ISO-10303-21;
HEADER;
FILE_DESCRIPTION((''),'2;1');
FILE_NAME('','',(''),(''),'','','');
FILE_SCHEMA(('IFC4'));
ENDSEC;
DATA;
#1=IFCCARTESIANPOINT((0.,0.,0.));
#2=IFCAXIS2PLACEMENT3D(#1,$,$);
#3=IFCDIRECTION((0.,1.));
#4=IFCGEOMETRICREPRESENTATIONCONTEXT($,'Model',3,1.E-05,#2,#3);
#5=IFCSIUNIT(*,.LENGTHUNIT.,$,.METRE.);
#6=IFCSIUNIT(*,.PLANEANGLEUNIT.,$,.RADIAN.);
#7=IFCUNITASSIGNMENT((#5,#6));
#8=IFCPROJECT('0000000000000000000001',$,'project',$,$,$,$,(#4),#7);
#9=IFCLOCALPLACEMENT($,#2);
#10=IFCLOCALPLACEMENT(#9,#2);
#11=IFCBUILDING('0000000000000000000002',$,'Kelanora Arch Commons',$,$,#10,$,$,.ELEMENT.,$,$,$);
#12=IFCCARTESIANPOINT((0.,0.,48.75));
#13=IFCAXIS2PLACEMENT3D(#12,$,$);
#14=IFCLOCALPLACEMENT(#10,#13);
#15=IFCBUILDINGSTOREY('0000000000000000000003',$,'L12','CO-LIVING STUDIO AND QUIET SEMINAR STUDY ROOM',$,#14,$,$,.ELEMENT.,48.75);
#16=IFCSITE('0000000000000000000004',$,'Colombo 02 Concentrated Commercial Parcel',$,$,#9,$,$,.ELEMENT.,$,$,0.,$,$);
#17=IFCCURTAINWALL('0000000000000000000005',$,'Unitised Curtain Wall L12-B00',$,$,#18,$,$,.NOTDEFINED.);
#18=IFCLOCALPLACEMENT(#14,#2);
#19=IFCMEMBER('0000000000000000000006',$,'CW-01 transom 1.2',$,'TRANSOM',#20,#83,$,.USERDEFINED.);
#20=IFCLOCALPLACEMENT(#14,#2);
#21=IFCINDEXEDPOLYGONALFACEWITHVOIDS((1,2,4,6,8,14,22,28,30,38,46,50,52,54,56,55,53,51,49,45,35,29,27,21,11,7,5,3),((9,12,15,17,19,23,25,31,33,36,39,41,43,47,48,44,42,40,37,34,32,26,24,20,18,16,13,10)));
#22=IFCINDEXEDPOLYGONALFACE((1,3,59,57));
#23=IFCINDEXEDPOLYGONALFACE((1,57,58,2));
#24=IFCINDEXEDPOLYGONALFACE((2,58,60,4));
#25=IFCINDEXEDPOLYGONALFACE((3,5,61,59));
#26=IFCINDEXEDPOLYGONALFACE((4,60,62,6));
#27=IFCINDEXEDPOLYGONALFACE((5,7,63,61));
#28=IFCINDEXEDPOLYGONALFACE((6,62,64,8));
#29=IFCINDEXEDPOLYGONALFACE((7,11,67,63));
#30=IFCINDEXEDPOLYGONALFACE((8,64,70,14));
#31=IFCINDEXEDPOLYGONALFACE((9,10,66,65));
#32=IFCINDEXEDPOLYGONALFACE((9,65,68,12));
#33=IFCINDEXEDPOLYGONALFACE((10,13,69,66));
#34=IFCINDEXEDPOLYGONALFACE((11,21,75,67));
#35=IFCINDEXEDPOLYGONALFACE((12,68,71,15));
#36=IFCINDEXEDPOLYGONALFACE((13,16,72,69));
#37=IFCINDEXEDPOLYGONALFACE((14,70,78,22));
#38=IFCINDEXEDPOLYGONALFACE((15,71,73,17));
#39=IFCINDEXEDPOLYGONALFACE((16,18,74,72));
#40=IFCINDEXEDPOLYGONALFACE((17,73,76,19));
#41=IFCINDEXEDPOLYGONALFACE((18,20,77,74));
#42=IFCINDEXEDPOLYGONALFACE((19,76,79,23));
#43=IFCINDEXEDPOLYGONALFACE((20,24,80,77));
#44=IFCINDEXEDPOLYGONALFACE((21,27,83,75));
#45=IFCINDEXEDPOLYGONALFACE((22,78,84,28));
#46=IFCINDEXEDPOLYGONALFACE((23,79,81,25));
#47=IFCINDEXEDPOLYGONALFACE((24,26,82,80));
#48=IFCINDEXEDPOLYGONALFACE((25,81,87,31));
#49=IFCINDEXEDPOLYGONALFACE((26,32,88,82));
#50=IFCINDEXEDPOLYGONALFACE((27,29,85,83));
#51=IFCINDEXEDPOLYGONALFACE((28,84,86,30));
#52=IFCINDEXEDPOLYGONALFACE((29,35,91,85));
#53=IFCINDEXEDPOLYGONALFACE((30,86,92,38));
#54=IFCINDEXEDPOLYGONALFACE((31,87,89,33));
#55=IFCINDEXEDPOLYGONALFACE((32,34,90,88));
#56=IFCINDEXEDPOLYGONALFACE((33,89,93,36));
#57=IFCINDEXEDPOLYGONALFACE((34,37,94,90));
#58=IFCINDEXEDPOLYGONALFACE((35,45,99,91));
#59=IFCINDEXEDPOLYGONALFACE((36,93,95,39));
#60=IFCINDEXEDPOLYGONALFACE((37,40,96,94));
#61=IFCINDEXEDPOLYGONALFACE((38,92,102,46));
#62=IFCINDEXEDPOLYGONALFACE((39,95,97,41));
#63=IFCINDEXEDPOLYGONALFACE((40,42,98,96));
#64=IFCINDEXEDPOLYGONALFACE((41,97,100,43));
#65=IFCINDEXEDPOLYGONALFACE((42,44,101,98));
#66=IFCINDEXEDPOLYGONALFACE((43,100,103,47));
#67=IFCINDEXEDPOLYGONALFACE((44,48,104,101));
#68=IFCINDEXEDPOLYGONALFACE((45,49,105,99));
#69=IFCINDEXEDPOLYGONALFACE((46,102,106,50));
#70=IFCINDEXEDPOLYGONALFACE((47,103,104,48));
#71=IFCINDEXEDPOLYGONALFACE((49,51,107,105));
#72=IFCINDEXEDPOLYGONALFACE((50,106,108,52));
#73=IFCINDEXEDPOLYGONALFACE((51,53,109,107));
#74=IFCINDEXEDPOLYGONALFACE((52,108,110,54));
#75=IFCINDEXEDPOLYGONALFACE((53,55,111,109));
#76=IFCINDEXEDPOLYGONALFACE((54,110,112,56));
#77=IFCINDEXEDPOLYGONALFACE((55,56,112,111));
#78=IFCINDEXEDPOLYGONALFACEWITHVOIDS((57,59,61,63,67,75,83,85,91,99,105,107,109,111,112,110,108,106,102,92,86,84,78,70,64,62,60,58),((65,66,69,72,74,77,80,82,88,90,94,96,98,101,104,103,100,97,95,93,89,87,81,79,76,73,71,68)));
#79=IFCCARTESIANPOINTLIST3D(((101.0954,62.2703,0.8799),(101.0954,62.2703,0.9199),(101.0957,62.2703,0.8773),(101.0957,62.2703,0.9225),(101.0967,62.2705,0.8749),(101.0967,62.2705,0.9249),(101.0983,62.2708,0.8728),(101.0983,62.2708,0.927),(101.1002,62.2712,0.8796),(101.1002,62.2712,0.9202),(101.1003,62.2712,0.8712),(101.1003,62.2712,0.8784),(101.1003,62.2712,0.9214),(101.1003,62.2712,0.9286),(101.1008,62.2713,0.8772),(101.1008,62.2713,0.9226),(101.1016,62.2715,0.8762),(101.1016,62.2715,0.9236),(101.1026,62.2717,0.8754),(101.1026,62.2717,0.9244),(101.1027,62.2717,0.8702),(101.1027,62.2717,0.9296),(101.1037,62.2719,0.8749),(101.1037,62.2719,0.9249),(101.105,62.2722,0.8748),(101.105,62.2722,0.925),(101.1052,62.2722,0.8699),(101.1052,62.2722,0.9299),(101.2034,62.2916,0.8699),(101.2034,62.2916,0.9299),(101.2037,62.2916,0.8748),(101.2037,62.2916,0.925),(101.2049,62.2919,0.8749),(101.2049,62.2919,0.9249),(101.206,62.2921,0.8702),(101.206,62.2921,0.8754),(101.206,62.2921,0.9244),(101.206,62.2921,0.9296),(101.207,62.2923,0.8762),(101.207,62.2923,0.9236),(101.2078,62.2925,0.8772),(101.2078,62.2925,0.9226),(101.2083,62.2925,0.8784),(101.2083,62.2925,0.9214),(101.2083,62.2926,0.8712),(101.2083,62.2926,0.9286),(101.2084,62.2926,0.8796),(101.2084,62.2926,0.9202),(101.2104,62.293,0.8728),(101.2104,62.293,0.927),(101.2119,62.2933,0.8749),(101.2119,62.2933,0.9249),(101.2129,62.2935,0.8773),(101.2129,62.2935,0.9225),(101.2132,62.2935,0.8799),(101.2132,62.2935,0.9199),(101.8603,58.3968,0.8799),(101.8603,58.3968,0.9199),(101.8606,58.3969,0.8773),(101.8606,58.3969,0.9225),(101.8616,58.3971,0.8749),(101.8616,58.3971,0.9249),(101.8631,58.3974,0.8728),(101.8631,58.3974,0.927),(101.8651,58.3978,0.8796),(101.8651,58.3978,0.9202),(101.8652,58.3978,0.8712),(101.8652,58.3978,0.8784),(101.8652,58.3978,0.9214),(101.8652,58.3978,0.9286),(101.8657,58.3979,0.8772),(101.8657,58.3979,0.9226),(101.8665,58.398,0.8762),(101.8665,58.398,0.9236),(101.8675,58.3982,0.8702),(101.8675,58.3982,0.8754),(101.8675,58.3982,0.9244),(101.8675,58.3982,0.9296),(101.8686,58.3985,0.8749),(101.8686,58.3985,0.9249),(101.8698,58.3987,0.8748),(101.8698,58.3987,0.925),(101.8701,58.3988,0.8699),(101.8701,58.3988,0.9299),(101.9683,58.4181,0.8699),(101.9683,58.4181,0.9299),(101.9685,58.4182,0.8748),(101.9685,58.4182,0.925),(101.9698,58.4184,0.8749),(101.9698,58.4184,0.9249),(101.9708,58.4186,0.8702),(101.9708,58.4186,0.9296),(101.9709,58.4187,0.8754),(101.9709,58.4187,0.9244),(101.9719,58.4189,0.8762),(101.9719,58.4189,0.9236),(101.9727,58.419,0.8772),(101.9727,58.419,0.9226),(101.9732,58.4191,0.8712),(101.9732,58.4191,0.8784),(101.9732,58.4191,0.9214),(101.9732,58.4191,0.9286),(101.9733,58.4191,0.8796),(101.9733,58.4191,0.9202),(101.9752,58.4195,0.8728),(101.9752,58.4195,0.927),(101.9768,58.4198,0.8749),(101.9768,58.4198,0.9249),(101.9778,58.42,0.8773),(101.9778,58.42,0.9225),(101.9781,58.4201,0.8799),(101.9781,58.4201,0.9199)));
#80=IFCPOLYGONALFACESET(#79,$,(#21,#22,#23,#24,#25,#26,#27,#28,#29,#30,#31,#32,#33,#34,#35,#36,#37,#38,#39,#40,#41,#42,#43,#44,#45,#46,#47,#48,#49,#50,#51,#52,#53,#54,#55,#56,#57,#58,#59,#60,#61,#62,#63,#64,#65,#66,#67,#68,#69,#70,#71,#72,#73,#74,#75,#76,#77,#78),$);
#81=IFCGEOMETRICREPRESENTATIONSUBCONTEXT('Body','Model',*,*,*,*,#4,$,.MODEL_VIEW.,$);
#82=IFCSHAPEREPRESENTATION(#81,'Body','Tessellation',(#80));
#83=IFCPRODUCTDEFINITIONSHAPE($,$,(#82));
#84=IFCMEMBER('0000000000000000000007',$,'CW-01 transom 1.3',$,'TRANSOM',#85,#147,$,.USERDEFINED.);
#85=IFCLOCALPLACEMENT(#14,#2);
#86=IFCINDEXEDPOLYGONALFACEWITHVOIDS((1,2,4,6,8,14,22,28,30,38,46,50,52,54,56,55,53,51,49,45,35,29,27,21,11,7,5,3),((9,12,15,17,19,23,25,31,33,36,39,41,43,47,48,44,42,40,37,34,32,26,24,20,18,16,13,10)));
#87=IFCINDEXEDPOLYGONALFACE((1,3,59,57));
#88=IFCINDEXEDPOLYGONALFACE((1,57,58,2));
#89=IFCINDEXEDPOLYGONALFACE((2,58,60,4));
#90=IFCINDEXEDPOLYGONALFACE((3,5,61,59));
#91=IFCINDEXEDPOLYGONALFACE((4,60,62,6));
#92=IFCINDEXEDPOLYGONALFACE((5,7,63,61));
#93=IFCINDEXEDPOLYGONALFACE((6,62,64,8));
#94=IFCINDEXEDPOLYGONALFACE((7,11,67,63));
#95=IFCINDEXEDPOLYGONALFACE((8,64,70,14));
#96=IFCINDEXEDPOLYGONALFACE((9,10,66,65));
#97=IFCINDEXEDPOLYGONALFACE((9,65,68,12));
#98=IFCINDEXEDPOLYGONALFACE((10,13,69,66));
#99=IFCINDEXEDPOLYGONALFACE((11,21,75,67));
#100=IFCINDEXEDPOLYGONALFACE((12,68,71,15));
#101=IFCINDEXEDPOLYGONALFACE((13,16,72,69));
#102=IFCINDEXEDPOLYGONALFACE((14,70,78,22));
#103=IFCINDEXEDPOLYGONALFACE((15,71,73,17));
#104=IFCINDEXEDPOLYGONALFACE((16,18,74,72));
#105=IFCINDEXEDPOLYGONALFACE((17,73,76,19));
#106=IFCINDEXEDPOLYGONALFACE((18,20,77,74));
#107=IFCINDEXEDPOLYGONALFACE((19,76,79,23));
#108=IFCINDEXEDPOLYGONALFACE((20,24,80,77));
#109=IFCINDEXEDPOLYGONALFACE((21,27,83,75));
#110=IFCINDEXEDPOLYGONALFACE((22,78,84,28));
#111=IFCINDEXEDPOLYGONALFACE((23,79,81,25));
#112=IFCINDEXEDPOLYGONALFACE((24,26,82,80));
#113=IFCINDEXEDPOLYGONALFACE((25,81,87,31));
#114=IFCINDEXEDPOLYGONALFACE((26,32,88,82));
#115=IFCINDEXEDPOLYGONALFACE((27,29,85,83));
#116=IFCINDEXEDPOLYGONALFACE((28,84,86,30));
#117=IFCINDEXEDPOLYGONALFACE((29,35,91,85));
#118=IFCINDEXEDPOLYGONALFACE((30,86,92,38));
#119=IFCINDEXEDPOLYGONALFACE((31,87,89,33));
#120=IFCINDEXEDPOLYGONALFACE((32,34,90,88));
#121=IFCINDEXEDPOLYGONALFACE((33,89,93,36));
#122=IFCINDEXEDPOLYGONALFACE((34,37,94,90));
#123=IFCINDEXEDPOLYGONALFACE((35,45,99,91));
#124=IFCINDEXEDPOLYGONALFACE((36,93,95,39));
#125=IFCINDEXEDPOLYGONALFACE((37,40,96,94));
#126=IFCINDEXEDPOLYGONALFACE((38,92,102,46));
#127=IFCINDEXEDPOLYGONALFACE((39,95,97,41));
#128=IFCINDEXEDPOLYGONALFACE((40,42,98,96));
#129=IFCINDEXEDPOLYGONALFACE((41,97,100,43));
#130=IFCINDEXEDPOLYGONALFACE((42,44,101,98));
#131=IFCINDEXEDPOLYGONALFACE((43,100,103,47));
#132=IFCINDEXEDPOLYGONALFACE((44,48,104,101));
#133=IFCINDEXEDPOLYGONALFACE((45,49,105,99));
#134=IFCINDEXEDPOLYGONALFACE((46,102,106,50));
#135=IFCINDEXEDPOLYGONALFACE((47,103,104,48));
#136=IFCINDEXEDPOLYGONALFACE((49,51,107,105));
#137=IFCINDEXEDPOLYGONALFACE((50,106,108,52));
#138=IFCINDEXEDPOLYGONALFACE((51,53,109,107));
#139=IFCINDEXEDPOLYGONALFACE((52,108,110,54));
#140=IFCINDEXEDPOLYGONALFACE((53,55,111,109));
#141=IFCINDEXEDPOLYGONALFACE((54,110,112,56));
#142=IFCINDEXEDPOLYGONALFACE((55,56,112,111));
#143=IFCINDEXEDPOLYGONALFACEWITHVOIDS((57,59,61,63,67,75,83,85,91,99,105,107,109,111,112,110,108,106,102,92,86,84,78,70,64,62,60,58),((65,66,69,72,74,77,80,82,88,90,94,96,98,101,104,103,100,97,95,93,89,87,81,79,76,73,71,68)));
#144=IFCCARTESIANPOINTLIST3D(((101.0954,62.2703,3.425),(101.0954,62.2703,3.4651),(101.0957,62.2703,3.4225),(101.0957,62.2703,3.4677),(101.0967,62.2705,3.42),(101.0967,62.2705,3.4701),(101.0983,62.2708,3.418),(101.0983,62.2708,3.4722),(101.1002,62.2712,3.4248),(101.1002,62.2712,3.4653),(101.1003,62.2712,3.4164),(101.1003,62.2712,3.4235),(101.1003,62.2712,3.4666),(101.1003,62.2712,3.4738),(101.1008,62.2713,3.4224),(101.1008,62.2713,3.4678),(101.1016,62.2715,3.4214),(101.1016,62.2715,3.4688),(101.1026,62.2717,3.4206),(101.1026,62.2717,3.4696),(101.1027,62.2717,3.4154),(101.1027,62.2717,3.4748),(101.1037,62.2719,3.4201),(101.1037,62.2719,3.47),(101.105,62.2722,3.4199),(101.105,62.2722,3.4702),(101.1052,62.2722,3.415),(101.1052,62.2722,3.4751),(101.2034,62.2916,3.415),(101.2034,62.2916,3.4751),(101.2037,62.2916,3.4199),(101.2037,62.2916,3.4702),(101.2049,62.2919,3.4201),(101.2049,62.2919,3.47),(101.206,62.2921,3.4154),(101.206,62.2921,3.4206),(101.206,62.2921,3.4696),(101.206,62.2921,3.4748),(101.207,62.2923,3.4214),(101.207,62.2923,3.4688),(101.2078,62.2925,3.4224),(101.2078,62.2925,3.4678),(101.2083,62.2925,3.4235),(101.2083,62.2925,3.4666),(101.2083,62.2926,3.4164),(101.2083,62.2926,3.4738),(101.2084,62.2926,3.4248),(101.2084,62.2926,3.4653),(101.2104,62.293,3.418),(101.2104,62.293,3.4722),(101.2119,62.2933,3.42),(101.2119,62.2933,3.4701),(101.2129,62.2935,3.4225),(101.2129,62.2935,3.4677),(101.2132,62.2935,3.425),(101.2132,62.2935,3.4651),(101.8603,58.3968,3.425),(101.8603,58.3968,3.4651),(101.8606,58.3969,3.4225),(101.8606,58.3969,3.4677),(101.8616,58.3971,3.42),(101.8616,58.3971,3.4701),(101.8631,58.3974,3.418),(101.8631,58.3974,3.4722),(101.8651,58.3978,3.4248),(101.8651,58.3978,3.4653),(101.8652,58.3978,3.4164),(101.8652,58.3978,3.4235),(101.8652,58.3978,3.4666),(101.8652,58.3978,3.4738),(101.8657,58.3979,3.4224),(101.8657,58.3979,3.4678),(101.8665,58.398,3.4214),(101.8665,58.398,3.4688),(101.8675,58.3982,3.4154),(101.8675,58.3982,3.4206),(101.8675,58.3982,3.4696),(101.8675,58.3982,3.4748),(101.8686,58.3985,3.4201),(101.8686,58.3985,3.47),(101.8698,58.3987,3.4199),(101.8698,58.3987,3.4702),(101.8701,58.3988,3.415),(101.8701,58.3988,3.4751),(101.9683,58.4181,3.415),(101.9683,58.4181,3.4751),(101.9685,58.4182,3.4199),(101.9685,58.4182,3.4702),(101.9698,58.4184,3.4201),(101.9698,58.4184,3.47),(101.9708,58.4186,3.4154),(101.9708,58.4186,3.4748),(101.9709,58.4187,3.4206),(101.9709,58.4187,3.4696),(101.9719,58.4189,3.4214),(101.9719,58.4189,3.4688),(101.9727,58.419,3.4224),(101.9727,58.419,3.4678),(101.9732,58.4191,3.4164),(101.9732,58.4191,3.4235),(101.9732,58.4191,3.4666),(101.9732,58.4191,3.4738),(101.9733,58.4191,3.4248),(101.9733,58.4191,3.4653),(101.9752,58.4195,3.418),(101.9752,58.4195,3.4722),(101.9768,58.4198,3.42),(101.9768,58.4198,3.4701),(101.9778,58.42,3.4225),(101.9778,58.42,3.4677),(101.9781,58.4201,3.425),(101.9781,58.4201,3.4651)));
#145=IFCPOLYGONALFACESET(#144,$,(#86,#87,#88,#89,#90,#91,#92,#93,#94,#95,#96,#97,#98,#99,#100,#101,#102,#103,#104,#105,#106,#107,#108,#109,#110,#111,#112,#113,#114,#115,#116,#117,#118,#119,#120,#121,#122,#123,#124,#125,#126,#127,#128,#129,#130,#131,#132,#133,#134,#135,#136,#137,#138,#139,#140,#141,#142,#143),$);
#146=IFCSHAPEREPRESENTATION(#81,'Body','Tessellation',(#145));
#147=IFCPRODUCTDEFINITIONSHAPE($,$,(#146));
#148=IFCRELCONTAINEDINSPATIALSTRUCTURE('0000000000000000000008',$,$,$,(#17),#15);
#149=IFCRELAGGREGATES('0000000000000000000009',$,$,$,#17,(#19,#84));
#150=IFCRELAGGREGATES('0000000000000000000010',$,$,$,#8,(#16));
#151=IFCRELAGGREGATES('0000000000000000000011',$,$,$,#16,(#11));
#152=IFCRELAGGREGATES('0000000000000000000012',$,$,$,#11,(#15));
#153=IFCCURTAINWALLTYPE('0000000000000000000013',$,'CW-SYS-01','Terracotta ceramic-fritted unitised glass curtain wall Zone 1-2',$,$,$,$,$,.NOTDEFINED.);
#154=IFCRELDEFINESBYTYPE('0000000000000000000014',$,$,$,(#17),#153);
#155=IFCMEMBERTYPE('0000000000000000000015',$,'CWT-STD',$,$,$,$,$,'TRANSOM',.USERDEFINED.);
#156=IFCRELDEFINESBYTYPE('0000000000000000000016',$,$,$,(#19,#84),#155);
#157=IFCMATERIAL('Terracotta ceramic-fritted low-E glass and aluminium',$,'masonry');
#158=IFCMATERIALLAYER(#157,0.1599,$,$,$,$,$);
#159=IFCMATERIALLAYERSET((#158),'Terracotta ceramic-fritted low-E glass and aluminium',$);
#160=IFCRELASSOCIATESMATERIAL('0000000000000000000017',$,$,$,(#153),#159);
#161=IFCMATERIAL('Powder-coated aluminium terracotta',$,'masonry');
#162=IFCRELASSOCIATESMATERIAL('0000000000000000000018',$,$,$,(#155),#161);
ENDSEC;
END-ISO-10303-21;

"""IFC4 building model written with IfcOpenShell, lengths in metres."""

from ifc_helpers import new_model, si_unit, direction, frame, origin, origin_2d, place, context, subcontext, project, spatial, hollow_rectangle, extrude, material, layer, layer_set, material_profile, profile_set, type_object, element, aggregate, save


model = new_model("IFC4")

# Units and contexts
model_context = context("Model", 3, precision=1e-05, world=origin(), true_north=direction((0.0, 1.0)))
body_context = subcontext(model_context, "Body", "Model", "MODEL_VIEW")
ifc_project = project(units=[si_unit("LENGTHUNIT", "METRE"), si_unit("PLANEANGLEUNIT", "RADIAN")], contexts=[model_context])

# Site, building, storey
site_placement = place(None, origin())
site = spatial("IfcSite", under=ifc_project, at=site_placement, Name="Colombo 02 Concentrated Commercial Parcel", CompositionType="ELEMENT", RefElevation=0.0)
building_placement = place(site_placement, origin())
building = spatial("IfcBuilding", under=site, at=building_placement, Name="Kelanora Arch Commons", CompositionType="ELEMENT")
storey_placement = place(building_placement, frame((0.0, 0.0, 48.75)))
storey = spatial("IfcBuildingStorey", under=building, at=storey_placement, Name="L12", Description="CO-LIVING STUDIO AND QUIET SEMINAR STUDY ROOM", CompositionType="ELEMENT", Elevation=48.75)

# Curtain wall, members
ifc_material_1 = material(Name="Terracotta ceramic-fritted low-E glass and aluminium", Category="masonry")
ifc_layer_1 = layer(ifc_material_1, 0.1599)
ifc_layer_set_1 = layer_set([ifc_layer_1], Name="Terracotta ceramic-fritted low-E glass and aluminium")
curtain_wall_type = type_object("IfcCurtainWallType", Name="CW-SYS-01", Description="Terracotta ceramic-fritted unitised glass curtain wall Zone 1-2", PredefinedType="NOTDEFINED", material=ifc_layer_set_1)
curtain_wall_placement = place(storey_placement, origin())
curtain_wall = element("IfcCurtainWall", 1, at=curtain_wall_placement, inside=storey, type_object=curtain_wall_type, Name="Unitised Curtain Wall L12-B00", PredefinedType="NOTDEFINED")
ifc_material_2 = material(Name="Powder-coated aluminium terracotta", Category="masonry")
ifc_material_profile_1 = material_profile(ifc_material_2, hollow_rectangle(XDim=0.1201, YDim=0.0601, WallThickness=0.0049, InnerFilletRadius=0.0049, OuterFilletRadius=0.01, at=origin_2d()), Name="CWT120x60")
ifc_profile_set_1 = profile_set([ifc_material_profile_1], Name="Powder-coated aluminium terracotta")
member_type_1 = type_object("IfcMemberType", Name="CWT-STD", ElementType="TRANSOM", PredefinedType="USERDEFINED", material=ifc_profile_set_1)
member_1_placement = place(storey_placement, frame((101.9192, 58.4084, 0.8999), z_axis=(-0.193725, 0.981056, 0.0), x_axis=(-0.981056, -0.193725, 0.0)))
member_1 = element("IfcMember", 2, at=member_1_placement, type_object=member_type_1, Name="CW-01 transom 1.2", ObjectType="TRANSOM", PredefinedType="USERDEFINED", context=body_context, shape_type="SweptSolid", body=[
    extrude(hollow_rectangle(XDim=0.1201, YDim=0.0601, WallThickness=0.0049, InnerFilletRadius=0.0049, OuterFilletRadius=0.01, at=origin_2d()), origin(), (0.0, 0.0, 1.0), 3.9482),
])
member_2_placement = place(storey_placement, frame((101.9192, 58.4084, 3.4451), z_axis=(-0.193725, 0.981056, 0.0), x_axis=(-0.981056, -0.193725, 0.0)))
member_2 = element("IfcMember", 3, at=member_2_placement, type_object=member_type_1, Name="CW-01 transom 1.3", ObjectType="TRANSOM", PredefinedType="USERDEFINED", context=body_context, shape_type="SweptSolid", body=[
    extrude(hollow_rectangle(XDim=0.1201, YDim=0.0601, WallThickness=0.0049, InnerFilletRadius=0.0049, OuterFilletRadius=0.01, at=origin_2d()), origin(), (0.0, 0.0, 1.0), 3.9482),
])
aggregate(curtain_wall, [member_1, member_2])

save(model, "model.ifc")
